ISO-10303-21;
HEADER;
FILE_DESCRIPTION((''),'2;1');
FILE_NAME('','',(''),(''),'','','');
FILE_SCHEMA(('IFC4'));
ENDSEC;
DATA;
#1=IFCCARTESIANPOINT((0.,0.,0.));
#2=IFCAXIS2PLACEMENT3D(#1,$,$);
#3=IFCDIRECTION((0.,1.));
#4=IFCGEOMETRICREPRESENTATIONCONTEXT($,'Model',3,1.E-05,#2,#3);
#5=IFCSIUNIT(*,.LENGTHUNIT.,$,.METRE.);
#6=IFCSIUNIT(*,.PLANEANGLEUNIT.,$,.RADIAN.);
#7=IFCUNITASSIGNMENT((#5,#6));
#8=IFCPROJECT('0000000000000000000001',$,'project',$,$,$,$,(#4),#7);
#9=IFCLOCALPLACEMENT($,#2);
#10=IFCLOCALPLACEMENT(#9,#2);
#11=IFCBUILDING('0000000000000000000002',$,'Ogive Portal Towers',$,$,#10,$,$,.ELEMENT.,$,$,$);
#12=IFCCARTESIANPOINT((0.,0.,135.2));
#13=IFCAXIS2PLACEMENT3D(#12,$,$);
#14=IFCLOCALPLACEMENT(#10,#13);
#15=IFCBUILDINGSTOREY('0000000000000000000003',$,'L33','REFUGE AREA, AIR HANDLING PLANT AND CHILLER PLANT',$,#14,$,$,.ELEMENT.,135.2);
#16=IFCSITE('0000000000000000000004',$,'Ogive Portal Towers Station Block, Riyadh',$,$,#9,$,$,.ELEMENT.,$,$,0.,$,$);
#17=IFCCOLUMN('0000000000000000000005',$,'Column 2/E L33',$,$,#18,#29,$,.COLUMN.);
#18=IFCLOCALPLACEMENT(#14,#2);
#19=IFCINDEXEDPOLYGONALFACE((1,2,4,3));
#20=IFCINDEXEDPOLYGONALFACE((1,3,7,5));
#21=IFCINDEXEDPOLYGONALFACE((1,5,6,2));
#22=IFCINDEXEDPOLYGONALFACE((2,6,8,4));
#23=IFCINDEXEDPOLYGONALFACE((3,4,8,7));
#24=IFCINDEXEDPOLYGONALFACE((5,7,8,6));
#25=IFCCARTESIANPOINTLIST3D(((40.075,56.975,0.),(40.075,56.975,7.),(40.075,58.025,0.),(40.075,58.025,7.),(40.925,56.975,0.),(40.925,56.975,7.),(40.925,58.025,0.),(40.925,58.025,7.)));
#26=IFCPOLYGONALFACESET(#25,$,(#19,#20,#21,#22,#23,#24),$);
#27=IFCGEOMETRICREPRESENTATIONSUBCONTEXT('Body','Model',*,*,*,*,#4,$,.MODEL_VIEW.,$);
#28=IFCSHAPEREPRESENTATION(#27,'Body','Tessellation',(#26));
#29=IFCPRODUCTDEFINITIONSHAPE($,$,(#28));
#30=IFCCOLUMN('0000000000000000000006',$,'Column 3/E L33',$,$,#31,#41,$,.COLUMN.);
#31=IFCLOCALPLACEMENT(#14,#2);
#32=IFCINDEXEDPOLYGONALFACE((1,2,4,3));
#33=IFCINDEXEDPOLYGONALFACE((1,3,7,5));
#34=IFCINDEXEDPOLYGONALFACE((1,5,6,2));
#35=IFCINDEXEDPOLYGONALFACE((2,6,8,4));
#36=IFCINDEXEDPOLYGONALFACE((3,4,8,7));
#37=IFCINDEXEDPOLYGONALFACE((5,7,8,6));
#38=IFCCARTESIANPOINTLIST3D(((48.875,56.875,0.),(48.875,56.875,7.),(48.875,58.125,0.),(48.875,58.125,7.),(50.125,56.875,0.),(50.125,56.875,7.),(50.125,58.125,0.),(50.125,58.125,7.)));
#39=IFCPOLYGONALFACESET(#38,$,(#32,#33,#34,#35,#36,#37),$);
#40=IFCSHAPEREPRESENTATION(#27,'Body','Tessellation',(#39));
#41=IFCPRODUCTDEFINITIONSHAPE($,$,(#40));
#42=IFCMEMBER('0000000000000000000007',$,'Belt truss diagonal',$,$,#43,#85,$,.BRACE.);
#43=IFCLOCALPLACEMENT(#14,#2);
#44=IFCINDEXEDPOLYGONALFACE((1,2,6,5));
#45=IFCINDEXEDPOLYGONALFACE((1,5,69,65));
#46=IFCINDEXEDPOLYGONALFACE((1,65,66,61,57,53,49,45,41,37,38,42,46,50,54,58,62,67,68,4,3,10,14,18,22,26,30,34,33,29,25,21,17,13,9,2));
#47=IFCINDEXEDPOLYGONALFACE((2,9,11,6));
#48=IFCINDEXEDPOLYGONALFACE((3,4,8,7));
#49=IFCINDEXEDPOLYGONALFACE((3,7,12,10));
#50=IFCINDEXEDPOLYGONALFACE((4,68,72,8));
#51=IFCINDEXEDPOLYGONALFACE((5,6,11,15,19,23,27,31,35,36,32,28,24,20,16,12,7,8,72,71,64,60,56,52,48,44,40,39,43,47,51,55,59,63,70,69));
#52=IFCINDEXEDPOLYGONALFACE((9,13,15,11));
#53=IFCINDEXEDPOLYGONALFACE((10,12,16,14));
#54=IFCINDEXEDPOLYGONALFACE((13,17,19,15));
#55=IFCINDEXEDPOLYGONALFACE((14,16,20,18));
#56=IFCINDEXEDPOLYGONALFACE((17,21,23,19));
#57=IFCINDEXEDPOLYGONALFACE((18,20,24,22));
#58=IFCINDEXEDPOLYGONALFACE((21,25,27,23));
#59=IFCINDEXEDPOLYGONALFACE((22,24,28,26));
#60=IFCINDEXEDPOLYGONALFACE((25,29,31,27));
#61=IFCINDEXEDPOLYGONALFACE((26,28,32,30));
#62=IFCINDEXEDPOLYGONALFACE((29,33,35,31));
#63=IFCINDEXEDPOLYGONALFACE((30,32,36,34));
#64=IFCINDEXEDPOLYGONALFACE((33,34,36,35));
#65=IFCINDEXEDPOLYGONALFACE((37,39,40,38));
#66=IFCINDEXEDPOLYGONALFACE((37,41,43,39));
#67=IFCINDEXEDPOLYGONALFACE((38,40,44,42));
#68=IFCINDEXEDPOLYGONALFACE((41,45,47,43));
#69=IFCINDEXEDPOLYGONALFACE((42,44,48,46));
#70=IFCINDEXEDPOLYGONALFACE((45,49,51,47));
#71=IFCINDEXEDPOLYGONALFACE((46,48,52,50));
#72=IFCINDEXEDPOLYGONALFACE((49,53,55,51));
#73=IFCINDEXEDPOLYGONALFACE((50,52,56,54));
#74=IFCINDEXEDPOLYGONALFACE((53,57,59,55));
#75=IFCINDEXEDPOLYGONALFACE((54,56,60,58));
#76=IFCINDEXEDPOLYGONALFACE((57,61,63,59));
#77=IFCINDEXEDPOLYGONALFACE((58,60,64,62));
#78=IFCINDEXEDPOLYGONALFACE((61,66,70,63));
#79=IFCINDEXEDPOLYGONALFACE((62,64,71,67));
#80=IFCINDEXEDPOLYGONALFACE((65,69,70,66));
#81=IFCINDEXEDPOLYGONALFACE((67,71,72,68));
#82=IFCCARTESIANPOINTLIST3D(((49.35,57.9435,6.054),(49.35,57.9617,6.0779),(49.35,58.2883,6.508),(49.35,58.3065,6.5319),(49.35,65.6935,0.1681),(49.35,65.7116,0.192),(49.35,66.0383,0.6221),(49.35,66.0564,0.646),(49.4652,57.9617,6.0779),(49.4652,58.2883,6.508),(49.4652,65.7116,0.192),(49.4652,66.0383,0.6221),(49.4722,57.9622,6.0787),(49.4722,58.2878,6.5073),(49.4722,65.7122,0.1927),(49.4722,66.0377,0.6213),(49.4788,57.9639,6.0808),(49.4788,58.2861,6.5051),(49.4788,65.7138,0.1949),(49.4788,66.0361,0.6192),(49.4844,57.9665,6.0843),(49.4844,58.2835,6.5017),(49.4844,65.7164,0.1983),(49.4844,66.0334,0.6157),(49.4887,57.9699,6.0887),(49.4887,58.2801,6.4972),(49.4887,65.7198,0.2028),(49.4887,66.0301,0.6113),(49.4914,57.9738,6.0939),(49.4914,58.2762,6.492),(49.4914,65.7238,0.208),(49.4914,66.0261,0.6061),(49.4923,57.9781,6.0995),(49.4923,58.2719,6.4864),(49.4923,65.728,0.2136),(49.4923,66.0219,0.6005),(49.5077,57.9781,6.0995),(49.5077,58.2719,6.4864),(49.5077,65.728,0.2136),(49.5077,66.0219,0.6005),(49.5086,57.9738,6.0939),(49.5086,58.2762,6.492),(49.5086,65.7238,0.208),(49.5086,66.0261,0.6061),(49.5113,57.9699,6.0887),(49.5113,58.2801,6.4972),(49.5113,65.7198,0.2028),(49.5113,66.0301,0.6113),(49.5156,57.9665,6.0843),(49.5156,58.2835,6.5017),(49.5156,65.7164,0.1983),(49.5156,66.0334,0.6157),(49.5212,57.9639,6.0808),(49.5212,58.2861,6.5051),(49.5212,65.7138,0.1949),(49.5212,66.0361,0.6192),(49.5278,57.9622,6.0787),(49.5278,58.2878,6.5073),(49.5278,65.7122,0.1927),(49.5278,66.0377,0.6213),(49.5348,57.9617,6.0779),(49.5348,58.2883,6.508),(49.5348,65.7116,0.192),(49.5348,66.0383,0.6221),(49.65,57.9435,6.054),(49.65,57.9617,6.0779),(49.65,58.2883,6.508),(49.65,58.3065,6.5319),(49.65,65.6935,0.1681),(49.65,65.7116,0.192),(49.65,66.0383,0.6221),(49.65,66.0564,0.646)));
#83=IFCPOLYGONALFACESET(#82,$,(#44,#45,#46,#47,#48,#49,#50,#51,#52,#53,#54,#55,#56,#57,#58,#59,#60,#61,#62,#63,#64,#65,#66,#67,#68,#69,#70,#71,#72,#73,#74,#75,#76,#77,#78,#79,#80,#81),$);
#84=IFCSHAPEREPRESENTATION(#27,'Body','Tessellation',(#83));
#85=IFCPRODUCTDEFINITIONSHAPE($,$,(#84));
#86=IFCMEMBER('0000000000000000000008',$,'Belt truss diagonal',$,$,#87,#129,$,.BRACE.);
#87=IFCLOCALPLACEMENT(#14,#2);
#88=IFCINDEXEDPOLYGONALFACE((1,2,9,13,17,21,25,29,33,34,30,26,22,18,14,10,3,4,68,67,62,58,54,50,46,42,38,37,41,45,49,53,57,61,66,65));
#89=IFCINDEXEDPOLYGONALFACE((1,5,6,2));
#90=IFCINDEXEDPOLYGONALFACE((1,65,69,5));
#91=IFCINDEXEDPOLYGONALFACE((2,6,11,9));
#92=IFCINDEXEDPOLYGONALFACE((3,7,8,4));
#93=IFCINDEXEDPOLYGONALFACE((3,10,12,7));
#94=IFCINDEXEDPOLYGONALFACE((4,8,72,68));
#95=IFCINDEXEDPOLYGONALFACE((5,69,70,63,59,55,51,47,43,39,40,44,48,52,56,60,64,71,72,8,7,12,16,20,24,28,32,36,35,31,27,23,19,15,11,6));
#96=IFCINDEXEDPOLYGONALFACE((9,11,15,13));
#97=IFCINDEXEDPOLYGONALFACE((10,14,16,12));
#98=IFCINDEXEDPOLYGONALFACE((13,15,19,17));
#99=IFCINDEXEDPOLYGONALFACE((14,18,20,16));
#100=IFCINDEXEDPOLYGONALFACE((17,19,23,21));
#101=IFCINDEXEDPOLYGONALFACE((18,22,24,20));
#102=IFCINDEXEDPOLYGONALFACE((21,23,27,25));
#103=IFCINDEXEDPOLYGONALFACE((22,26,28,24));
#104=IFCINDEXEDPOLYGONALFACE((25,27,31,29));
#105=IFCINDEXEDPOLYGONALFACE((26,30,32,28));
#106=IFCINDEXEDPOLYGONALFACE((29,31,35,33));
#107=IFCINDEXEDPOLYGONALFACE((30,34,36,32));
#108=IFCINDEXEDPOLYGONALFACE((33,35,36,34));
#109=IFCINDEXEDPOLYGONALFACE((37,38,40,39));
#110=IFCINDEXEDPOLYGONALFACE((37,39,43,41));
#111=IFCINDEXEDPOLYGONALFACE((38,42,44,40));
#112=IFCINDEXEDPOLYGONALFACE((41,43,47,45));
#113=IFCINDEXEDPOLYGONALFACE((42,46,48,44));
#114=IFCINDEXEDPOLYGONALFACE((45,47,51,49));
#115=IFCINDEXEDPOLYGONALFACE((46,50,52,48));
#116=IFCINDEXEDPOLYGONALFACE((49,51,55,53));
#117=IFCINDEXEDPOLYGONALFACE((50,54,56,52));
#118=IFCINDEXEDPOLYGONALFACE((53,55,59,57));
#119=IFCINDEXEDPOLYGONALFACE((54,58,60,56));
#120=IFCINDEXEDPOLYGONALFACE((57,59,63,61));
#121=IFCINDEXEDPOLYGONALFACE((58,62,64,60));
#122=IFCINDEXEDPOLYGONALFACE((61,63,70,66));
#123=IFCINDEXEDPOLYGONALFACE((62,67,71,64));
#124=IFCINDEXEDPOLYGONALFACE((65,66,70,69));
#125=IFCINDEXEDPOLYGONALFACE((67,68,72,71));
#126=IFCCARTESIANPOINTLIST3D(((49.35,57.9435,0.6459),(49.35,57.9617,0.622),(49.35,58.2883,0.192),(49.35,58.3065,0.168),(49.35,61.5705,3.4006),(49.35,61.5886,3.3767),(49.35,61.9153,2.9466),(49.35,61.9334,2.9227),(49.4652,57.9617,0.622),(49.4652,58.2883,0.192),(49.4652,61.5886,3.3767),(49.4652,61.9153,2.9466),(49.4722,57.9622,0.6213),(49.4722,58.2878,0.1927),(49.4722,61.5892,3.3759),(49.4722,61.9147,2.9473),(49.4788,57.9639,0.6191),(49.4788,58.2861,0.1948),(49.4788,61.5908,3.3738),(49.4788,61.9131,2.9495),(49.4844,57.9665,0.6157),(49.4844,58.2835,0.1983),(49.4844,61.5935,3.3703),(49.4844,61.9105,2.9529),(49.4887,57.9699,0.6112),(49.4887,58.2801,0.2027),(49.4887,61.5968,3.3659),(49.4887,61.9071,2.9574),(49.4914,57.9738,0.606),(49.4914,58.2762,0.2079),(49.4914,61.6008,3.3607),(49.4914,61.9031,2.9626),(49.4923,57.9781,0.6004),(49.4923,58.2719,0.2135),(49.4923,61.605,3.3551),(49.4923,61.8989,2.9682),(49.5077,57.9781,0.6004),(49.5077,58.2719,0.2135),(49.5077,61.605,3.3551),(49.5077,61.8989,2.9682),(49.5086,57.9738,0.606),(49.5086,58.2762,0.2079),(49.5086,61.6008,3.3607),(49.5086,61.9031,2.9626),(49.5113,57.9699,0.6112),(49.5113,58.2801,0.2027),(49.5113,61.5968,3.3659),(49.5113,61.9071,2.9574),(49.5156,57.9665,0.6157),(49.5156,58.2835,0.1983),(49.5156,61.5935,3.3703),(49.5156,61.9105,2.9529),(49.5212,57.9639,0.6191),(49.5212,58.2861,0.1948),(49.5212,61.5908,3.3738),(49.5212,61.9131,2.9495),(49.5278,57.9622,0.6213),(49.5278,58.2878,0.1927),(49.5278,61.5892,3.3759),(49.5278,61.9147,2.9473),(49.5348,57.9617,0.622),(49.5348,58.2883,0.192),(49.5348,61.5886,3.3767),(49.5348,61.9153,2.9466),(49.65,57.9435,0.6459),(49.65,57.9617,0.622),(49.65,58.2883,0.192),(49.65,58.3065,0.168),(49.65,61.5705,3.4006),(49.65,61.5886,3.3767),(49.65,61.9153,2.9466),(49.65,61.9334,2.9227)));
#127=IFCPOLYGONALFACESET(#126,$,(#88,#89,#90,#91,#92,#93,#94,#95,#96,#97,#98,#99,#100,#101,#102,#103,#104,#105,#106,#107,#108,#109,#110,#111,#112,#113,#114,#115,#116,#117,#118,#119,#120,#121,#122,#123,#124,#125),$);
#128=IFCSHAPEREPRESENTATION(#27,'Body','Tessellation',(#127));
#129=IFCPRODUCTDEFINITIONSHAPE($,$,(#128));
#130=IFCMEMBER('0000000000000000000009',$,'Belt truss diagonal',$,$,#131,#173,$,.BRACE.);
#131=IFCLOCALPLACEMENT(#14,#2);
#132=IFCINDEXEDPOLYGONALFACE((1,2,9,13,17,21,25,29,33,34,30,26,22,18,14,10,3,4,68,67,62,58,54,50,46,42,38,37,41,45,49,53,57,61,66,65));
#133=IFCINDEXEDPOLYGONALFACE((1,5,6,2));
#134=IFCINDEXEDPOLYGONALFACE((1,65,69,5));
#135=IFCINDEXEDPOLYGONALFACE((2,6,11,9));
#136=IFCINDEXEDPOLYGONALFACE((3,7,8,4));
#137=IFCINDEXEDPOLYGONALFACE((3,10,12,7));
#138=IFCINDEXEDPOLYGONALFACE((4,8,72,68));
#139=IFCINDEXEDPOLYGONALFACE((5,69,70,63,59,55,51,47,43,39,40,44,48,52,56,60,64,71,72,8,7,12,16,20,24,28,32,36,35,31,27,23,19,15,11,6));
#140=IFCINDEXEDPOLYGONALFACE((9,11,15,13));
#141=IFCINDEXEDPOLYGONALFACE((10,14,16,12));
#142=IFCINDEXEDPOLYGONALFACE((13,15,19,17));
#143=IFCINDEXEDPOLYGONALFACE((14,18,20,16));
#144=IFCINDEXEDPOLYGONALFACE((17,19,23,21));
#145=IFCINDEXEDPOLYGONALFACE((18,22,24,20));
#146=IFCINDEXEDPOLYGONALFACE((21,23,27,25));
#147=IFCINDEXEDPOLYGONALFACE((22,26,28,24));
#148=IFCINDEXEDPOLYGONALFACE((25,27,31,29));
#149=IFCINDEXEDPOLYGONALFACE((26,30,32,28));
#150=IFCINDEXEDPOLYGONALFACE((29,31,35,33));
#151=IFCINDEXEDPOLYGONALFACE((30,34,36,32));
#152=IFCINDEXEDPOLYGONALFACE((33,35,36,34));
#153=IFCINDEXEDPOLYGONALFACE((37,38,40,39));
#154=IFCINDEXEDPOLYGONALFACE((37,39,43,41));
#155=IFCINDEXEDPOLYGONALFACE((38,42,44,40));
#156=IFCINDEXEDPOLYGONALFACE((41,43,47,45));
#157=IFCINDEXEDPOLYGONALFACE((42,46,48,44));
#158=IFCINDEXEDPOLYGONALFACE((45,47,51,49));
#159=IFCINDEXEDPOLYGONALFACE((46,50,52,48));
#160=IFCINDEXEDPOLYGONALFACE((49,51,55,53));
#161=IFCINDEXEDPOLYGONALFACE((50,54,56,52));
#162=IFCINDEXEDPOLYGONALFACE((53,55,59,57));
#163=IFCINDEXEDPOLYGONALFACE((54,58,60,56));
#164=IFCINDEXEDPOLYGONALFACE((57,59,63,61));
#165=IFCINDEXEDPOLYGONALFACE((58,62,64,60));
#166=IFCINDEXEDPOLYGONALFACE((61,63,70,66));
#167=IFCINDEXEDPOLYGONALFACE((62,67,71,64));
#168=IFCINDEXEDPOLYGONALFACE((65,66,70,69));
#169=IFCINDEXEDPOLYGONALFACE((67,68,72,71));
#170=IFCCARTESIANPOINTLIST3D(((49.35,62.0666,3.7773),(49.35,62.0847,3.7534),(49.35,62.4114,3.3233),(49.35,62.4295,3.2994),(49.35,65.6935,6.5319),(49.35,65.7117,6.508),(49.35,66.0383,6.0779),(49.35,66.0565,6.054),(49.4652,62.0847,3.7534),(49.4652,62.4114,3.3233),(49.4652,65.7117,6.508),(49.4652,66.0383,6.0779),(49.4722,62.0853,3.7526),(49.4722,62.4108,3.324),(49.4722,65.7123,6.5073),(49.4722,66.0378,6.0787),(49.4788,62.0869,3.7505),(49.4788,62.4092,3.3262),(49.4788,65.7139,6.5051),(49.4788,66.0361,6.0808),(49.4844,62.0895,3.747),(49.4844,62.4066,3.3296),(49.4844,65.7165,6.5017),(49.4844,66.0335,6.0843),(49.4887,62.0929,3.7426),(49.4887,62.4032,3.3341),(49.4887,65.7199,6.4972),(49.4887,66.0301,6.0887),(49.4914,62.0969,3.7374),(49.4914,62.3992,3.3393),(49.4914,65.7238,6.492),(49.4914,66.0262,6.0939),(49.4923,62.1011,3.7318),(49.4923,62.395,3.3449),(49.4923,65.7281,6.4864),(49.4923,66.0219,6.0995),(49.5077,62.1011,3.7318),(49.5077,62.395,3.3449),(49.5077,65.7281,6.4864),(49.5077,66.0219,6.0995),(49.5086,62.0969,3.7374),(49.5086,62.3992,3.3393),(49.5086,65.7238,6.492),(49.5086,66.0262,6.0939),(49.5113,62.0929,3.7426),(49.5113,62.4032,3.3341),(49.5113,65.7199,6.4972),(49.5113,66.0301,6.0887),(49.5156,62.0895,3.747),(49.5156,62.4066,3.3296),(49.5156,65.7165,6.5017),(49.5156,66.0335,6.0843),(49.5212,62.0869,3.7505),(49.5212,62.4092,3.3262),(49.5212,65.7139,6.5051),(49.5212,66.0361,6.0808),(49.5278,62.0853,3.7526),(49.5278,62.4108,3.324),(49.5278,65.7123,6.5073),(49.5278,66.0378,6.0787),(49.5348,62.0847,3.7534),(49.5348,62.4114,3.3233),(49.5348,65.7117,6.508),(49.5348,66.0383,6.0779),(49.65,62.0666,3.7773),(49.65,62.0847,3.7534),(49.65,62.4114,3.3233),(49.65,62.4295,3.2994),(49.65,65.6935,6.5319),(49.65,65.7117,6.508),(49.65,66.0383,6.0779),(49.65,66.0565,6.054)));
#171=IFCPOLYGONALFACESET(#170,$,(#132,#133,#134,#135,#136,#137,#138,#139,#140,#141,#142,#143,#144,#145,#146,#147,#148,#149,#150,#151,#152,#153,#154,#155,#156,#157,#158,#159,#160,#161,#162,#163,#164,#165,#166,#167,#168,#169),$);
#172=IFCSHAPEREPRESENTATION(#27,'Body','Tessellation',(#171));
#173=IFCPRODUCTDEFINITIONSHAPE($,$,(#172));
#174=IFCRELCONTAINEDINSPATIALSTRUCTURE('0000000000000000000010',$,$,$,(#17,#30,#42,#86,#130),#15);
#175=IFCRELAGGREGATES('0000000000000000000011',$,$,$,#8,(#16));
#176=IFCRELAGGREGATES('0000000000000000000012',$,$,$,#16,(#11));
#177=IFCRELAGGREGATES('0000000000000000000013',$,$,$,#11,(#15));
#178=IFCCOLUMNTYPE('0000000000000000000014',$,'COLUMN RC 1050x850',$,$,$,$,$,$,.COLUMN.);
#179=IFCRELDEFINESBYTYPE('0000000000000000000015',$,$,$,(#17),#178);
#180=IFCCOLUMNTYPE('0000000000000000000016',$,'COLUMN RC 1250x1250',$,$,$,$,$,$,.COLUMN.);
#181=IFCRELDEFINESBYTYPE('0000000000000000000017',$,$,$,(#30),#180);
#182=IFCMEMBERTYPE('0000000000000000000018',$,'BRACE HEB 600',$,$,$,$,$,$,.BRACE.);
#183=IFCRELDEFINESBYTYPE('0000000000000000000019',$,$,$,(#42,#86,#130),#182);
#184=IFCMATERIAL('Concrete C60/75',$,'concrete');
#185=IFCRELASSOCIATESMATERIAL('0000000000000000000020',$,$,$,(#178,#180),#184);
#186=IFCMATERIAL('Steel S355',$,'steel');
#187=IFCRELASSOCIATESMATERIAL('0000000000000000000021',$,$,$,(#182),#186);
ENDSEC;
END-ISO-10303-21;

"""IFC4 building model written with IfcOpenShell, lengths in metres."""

from ifc_helpers import new_model, si_unit, direction, frame, origin, origin_2d, place, context, subcontext, project, spatial, rectangle, i_section, extrude, material, material_profile, profile_set, type_object, element, save


model = new_model("IFC4")

# Units and contexts
model_context = context("Model", 3, precision=1e-05, world=origin(), true_north=direction((0.0, 1.0)))
body_context = subcontext(model_context, "Body", "Model", "MODEL_VIEW")
ifc_project = project(units=[si_unit("LENGTHUNIT", "METRE"), si_unit("PLANEANGLEUNIT", "RADIAN")], contexts=[model_context])

# Site, building, storey
site_placement = place(None, origin())
site = spatial("IfcSite", under=ifc_project, at=site_placement, Name="Ogive Portal Towers Station Block, Riyadh", CompositionType="ELEMENT", RefElevation=0.0)
building_placement = place(site_placement, origin())
building = spatial("IfcBuilding", under=site, at=building_placement, Name="Ogive Portal Towers", CompositionType="ELEMENT")
storey_placement = place(building_placement, frame((0.0, 0.0, 135.2)))
storey = spatial("IfcBuildingStorey", under=building, at=storey_placement, Name="L33", Description="REFUGE AREA, AIR HANDLING PLANT AND CHILLER PLANT", CompositionType="ELEMENT", Elevation=135.2)

# Columns
ifc_material_1 = material(Name="Concrete C60/75", Category="concrete")
ifc_material_profile_1 = material_profile(ifc_material_1, rectangle(XDim=1.05, YDim=0.8501, at=origin_2d()), Name="RC 1050x850")
ifc_profile_set_1 = profile_set([ifc_material_profile_1], Name="Concrete C60/75")
column_type_1 = type_object("IfcColumnType", Name="COLUMN RC 1050x850", PredefinedType="COLUMN", material=ifc_profile_set_1)
column_1_placement = place(storey_placement, frame((40.5, 57.5, 0.0), z_axis=(0.0, 0.0, 1.0), x_axis=(0.0, 1.0, 0.0)))
element("IfcColumn", 1, at=column_1_placement, inside=storey, type_object=column_type_1, Name="Column 2/E L33", PredefinedType="COLUMN", context=body_context, shape_type="SweptSolid", body=[
    extrude(rectangle(XDim=1.05, YDim=0.8501, at=origin_2d()), origin(), (0.0, 0.0, 1.0), 7.0),
])
ifc_material_profile_2 = material_profile(ifc_material_1, rectangle(XDim=1.25, YDim=1.25, at=origin_2d()), Name="RC 1250x1250")
ifc_profile_set_2 = profile_set([ifc_material_profile_2], Name="Concrete C60/75")
column_type_2 = type_object("IfcColumnType", Name="COLUMN RC 1250x1250", PredefinedType="COLUMN", material=ifc_profile_set_2)
column_2_placement = place(storey_placement, frame((49.5, 57.5, 0.0), z_axis=(0.0, 0.0, 1.0), x_axis=(1.0, 0.0, 0.0)))
element("IfcColumn", 2, at=column_2_placement, inside=storey, type_object=column_type_2, Name="Column 3/E L33", PredefinedType="COLUMN", context=body_context, shape_type="SweptSolid", body=[
    extrude(rectangle(XDim=1.25, YDim=1.25, at=origin_2d()), origin(), (0.0, 0.0, 1.0), 7.0),
])

# Members
ifc_material_2 = material(Name="Steel S355", Category="steel")
ifc_material_profile_3 = material_profile(ifc_material_2, i_section(OverallWidth=0.3, OverallDepth=0.6001, WebThickness=0.0154, FlangeThickness=0.03, FilletRadius=0.0271, at=origin_2d()), Name="HEB 600")
ifc_profile_set_3 = profile_set([ifc_material_profile_3], Name="Steel S355")
member_type_1 = type_object("IfcMemberType", Name="BRACE HEB 600", PredefinedType="BRACE", material=ifc_profile_set_3)
member_1_placement = place(storey_placement, frame((49.5, 58.125, 6.293), z_axis=(0.0, 0.796361, -0.604822), x_axis=(-1.0, 0.0, 0.0)))
element("IfcMember", 3, at=member_1_placement, inside=storey, type_object=member_type_1, Name="Belt truss diagonal", PredefinedType="BRACE", context=body_context, shape_type="SweptSolid", body=[
    extrude(i_section(OverallWidth=0.3, OverallDepth=0.6001, WebThickness=0.0154, FlangeThickness=0.03, FilletRadius=0.0271, at=origin_2d()), origin(), (0.0, 0.0, 1.0), 9.7317),
])
for number, where, z_axis, x_axis, name in (
    (4, (49.5, 58.125, 0.407), (0.0, 0.796357, 0.604826), (-1.0, 0.0, 0.0), "Belt truss diagonal"),
    (5, (49.5, 62.248, 3.5383), (0.0, 0.796357, 0.604826), (-1.0, 0.0, 0.0), "Belt truss diagonal"),
):
    element("IfcMember", number, at=place(storey_placement, frame(where, z_axis=z_axis, x_axis=x_axis)), inside=storey, type_object=member_type_1, Name=name, PredefinedType="BRACE", context=body_context, shape_type="SweptSolid", body=[
        extrude(i_section(OverallWidth=0.3, OverallDepth=0.6001, WebThickness=0.0154, FlangeThickness=0.03, FilletRadius=0.0271, at=origin_2d()), origin(), (0.0, 0.0, 1.0), 4.5544),
    ])

save(model, "model.ifc")
